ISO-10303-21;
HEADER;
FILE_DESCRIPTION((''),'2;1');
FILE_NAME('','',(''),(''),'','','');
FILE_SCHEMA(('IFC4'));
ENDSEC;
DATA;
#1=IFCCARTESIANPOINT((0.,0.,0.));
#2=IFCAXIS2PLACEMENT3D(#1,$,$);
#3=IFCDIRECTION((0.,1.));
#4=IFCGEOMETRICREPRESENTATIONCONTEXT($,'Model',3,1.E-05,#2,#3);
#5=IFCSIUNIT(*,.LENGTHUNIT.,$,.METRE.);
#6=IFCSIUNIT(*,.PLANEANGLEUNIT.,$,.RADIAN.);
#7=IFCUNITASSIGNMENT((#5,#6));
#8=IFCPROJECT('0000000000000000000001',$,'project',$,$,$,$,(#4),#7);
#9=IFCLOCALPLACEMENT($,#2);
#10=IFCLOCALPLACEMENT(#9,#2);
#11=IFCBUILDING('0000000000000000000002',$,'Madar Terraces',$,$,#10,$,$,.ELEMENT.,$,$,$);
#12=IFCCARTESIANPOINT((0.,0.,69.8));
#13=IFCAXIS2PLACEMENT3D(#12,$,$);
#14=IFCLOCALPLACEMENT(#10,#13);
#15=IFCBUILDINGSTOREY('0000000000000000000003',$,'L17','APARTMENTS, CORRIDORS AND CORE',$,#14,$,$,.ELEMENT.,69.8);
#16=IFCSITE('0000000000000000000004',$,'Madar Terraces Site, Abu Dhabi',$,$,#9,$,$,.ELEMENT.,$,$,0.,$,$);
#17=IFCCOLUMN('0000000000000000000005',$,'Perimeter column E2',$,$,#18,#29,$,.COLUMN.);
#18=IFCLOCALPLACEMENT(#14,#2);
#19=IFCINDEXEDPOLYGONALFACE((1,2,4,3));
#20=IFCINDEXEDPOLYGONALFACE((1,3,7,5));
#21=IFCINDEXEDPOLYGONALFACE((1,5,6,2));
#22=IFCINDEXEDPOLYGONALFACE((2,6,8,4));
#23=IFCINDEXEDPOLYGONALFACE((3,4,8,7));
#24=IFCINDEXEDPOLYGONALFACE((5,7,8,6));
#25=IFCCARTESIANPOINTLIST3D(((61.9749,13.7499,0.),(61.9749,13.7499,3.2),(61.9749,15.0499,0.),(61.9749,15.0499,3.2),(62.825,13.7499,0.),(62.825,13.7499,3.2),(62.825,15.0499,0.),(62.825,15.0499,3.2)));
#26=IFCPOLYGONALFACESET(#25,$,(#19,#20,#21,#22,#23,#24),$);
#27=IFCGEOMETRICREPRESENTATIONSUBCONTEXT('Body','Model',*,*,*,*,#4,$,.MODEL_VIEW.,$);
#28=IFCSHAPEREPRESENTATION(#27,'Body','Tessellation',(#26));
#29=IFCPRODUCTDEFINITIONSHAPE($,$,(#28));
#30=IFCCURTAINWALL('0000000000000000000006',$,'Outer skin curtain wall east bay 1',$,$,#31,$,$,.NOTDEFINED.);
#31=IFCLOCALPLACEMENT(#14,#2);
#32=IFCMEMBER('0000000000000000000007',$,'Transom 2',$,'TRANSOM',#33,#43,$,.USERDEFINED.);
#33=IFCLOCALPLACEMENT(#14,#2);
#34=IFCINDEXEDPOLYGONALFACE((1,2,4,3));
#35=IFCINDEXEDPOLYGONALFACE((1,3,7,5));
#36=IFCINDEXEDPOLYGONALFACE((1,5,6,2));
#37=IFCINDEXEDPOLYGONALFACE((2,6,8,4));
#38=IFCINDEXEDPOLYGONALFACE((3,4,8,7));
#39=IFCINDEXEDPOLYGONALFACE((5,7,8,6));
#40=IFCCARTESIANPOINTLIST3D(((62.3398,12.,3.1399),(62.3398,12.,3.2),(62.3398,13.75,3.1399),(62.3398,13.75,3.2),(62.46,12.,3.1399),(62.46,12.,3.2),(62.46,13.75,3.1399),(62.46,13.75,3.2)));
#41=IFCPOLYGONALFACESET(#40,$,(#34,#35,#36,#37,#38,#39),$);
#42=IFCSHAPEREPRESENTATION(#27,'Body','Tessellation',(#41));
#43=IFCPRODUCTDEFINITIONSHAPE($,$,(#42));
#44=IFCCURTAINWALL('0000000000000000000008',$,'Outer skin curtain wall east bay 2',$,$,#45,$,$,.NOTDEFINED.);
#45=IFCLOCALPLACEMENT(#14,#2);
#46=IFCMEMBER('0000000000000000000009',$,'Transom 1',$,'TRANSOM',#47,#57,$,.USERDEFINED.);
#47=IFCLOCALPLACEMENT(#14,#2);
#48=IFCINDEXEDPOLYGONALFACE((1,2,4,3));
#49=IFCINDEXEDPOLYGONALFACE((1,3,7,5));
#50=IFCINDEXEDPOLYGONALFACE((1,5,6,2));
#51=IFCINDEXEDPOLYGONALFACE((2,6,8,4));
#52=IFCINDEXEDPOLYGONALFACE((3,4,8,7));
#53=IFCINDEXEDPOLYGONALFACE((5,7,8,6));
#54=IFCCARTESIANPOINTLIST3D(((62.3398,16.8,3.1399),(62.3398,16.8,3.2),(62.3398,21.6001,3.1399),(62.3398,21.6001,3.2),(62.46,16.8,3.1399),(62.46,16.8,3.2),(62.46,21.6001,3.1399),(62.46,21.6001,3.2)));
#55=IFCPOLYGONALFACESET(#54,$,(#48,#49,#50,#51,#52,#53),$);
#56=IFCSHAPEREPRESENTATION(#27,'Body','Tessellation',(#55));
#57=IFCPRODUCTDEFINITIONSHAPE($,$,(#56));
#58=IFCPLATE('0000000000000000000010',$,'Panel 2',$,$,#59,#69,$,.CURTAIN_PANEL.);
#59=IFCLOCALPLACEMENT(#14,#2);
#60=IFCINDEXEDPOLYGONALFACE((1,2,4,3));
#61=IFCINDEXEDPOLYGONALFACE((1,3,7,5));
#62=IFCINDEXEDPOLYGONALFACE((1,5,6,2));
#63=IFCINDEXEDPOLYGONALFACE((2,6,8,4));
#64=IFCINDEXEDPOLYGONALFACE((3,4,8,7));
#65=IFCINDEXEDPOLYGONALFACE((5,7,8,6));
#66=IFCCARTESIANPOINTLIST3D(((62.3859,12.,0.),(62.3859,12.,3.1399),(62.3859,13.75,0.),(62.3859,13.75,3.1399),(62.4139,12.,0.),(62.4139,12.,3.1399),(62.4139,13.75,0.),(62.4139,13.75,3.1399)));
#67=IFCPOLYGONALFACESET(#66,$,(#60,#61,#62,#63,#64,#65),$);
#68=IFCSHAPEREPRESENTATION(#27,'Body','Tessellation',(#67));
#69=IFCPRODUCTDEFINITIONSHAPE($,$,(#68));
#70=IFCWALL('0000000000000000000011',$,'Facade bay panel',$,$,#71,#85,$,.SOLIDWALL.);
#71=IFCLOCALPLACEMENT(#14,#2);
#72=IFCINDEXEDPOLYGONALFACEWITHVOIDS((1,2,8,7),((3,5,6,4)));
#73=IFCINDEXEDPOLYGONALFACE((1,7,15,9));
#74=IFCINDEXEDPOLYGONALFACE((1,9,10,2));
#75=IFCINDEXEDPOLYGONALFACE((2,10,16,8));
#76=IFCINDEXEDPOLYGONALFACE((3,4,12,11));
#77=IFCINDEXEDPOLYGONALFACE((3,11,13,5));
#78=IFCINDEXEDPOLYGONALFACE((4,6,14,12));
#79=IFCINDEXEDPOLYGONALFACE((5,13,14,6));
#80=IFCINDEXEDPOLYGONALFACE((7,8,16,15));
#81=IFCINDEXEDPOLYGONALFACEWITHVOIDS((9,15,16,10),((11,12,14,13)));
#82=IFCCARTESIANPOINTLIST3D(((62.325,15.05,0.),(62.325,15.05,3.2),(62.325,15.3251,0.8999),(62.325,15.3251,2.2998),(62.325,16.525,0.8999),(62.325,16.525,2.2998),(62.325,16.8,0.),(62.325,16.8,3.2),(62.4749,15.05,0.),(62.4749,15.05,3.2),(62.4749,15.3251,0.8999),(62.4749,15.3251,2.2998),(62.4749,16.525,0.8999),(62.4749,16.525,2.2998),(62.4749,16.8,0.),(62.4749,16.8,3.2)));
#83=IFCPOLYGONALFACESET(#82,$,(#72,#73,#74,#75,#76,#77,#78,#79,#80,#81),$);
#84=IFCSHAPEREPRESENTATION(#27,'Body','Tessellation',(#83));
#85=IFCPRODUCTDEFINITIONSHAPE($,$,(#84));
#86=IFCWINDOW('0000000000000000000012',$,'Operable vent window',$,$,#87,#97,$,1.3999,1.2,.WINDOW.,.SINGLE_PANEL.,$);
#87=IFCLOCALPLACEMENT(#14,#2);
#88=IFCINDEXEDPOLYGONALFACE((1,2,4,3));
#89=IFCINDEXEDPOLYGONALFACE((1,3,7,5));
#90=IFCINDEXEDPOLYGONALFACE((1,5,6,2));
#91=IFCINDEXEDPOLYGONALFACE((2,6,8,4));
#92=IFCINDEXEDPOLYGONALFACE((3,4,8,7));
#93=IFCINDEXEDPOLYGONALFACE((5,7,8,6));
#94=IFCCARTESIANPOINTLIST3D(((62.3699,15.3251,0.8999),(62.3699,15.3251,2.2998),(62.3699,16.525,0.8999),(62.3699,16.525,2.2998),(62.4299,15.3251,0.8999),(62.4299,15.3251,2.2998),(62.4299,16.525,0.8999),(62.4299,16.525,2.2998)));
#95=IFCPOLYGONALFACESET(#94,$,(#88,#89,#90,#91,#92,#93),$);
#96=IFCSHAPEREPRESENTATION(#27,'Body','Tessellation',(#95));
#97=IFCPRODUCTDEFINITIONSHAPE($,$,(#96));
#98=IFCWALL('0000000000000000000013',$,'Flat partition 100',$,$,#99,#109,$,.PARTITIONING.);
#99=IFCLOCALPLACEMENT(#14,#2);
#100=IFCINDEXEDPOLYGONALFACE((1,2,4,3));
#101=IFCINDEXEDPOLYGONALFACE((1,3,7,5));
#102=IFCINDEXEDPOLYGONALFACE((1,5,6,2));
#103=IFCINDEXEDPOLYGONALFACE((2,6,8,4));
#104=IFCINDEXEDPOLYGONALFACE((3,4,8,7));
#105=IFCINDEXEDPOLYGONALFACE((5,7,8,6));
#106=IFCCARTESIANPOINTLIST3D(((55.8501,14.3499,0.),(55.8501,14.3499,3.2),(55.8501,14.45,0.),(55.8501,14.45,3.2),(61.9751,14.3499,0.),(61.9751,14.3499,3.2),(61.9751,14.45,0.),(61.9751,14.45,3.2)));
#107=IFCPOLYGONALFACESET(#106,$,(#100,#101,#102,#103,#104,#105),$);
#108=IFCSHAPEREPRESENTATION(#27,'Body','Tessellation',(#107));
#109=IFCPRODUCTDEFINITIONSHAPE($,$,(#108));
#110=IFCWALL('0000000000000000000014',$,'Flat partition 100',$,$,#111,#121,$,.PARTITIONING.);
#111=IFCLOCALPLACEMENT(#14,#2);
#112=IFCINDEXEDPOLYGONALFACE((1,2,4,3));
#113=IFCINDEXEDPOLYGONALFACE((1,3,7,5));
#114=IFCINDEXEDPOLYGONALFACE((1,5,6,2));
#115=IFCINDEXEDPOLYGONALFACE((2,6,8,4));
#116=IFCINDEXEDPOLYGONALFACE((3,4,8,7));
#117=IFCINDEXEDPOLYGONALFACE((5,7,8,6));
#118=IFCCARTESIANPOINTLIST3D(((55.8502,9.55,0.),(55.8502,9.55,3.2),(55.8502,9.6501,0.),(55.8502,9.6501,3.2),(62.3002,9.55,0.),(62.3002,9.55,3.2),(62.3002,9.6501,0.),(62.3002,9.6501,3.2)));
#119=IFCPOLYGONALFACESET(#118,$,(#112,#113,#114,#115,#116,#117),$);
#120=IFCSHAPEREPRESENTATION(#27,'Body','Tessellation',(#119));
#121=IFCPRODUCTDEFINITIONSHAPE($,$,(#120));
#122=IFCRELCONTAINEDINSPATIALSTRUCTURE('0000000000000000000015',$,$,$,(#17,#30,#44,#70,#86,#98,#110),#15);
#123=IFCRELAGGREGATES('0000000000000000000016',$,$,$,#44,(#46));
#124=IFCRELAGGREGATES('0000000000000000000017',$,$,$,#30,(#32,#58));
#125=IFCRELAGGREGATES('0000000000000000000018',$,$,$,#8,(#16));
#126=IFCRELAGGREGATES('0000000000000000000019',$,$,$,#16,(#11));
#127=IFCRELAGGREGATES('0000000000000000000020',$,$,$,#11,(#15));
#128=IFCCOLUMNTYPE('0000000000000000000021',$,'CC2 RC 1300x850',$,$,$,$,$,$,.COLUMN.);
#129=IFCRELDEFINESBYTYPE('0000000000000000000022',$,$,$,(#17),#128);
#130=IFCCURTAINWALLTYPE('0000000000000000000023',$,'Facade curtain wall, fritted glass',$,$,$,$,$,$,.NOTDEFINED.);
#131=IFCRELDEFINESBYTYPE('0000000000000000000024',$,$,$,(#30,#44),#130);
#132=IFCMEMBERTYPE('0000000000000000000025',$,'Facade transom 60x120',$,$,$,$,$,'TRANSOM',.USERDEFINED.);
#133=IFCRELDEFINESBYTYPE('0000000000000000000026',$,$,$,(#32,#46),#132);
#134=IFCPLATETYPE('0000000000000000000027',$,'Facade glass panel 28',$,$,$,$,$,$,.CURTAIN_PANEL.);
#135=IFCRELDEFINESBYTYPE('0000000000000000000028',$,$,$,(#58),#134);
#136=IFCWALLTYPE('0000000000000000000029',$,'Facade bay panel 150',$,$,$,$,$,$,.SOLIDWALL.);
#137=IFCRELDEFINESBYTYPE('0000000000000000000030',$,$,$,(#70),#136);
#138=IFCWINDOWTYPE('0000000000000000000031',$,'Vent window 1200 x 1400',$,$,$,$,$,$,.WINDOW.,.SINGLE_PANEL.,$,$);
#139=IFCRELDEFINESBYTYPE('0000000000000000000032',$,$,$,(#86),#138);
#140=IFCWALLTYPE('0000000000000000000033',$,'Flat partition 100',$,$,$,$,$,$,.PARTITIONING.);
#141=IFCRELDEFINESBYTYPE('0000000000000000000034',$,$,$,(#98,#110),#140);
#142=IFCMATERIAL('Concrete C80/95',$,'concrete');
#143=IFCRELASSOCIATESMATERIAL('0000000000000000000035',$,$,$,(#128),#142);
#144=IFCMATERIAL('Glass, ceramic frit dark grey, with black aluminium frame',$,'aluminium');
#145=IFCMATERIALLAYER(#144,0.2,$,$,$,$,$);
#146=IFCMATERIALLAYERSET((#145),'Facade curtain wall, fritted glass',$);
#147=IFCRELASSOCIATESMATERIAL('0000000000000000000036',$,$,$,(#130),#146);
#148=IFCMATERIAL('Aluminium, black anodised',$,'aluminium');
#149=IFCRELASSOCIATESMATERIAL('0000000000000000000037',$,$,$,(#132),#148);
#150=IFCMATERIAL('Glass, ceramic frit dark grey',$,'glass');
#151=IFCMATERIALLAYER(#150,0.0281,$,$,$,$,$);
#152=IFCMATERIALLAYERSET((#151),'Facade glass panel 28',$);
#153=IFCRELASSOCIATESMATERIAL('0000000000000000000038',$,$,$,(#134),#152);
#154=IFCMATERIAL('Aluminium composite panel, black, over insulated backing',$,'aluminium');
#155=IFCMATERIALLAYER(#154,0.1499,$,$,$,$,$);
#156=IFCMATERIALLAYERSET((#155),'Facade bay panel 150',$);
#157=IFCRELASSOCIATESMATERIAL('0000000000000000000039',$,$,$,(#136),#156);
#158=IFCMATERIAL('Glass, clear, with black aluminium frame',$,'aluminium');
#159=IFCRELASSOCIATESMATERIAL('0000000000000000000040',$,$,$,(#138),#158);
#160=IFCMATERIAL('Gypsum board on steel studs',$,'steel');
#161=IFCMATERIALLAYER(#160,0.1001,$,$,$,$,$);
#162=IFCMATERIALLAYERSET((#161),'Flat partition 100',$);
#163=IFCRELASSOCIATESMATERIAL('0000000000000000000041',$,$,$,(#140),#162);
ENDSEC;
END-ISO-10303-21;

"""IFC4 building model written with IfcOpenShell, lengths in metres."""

from ifc_helpers import new_model, si_unit, direction, frame, frame_2d, origin, origin_2d, place, context, subcontext, project, spatial, rectangle, extrude, material, layer, layer_set, material_profile, profile_set, type_object, element, fill, aggregate, save


model = new_model("IFC4")

# Units and contexts
model_context = context("Model", 3, precision=1e-05, world=origin(), true_north=direction((0.0, 1.0)))
body_context = subcontext(model_context, "Body", "Model", "MODEL_VIEW")
ifc_project = project(units=[si_unit("LENGTHUNIT", "METRE"), si_unit("PLANEANGLEUNIT", "RADIAN")], contexts=[model_context])

# Site, building, storey
site_placement = place(None, origin())
site = spatial("IfcSite", under=ifc_project, at=site_placement, Name="Madar Terraces Site, Abu Dhabi", CompositionType="ELEMENT", RefElevation=0.0)
building_placement = place(site_placement, origin())
building = spatial("IfcBuilding", under=site, at=building_placement, Name="Madar Terraces", CompositionType="ELEMENT")
storey_placement = place(building_placement, frame((0.0, 0.0, 69.8)))
storey = spatial("IfcBuildingStorey", under=building, at=storey_placement, Name="L17", Description="APARTMENTS, CORRIDORS AND CORE", CompositionType="ELEMENT", Elevation=69.8)

# Column
ifc_material_1 = material(Name="Concrete C80/95", Category="concrete")
ifc_material_profile_1 = material_profile(ifc_material_1, rectangle(XDim=1.3, YDim=0.8501, at=origin_2d()), Name="CC2 RC 1300x850")
ifc_profile_set_1 = profile_set([ifc_material_profile_1], Name="Concrete C80/95")
column_type = type_object("IfcColumnType", Name="CC2 RC 1300x850", PredefinedType="COLUMN", material=ifc_profile_set_1)
column_placement = place(storey_placement, frame((62.3999, 14.3999, 0.0), z_axis=(0.0, 0.0, 1.0), x_axis=(0.0, 1.0, 0.0)))
element("IfcColumn", 1, at=column_placement, inside=storey, type_object=column_type, Name="Perimeter column E2", PredefinedType="COLUMN", context=body_context, shape_type="SweptSolid", body=[
    extrude(rectangle(XDim=1.3, YDim=0.8501, at=origin_2d()), origin(), (0.0, 0.0, 1.0), 3.2),
])

# Curtain walls, members
ifc_material_2 = material(Name="Glass, ceramic frit dark grey, with black aluminium frame", Category="aluminium")
ifc_layer_1 = layer(ifc_material_2, 0.2)
ifc_layer_set_1 = layer_set([ifc_layer_1], Name="Facade curtain wall, fritted glass")
curtain_wall_type = type_object("IfcCurtainWallType", Name="Facade curtain wall, fritted glass", PredefinedType="NOTDEFINED", material=ifc_layer_set_1)
curtain_wall_1_placement = place(storey_placement, origin())
curtain_wall_1 = element("IfcCurtainWall", 2, at=curtain_wall_1_placement, inside=storey, type_object=curtain_wall_type, Name="Outer skin curtain wall east bay 1", PredefinedType="NOTDEFINED")
ifc_material_3 = material(Name="Aluminium, black anodised", Category="aluminium")
ifc_material_profile_2 = material_profile(ifc_material_3, rectangle(XDim=0.1201, YDim=0.0601, at=origin_2d()), Name="Facade transom 60x120")
ifc_profile_set_2 = profile_set([ifc_material_profile_2], Name="Aluminium, black anodised")
member_type = type_object("IfcMemberType", Name="Facade transom 60x120", ElementType="TRANSOM", PredefinedType="USERDEFINED", material=ifc_profile_set_2)
member_1_placement = place(storey_placement, frame((62.3999, 12.0, 3.1699), z_axis=(0.0, 1.0, 0.0), x_axis=(-1.0, 0.0, 0.0)))
member_1 = element("IfcMember", 3, at=member_1_placement, type_object=member_type, Name="Transom 2", ObjectType="TRANSOM", PredefinedType="USERDEFINED", context=body_context, shape_type="SweptSolid", body=[
    extrude(rectangle(XDim=0.1201, YDim=0.0601, at=origin_2d()), origin(), (0.0, 0.0, 1.0), 1.75),
])
curtain_wall_2_placement = place(storey_placement, origin())
curtain_wall_2 = element("IfcCurtainWall", 4, at=curtain_wall_2_placement, inside=storey, type_object=curtain_wall_type, Name="Outer skin curtain wall east bay 2", PredefinedType="NOTDEFINED")
member_2_placement = place(storey_placement, frame((62.3999, 16.8, 3.1699), z_axis=(0.0, 1.0, 0.0), x_axis=(-1.0, 0.0, 0.0)))
member_2 = element("IfcMember", 5, at=member_2_placement, type_object=member_type, Name="Transom 1", ObjectType="TRANSOM", PredefinedType="USERDEFINED", context=body_context, shape_type="SweptSolid", body=[
    extrude(rectangle(XDim=0.1201, YDim=0.0601, at=origin_2d()), origin(), (0.0, 0.0, 1.0), 4.8),
])
aggregate(curtain_wall_2, [member_2])

# Plate
ifc_material_4 = material(Name="Glass, ceramic frit dark grey", Category="glass")
ifc_layer_2 = layer(ifc_material_4, 0.0281)
ifc_layer_set_2 = layer_set([ifc_layer_2], Name="Facade glass panel 28")
plate_type = type_object("IfcPlateType", Name="Facade glass panel 28", PredefinedType="CURTAIN_PANEL", material=ifc_layer_set_2)
plate_placement = place(storey_placement, frame((62.3999, 12.875, 0.0), z_axis=(0.0, 0.0, 1.0), x_axis=(0.0, 1.0, 0.0)))
plate = element("IfcPlate", 6, at=plate_placement, type_object=plate_type, Name="Panel 2", PredefinedType="CURTAIN_PANEL", context=body_context, shape_type="SweptSolid", body=[
    extrude(rectangle(XDim=1.75, YDim=0.0281, at=origin_2d()), origin(), (0.0, 0.0, 1.0), 3.1399),
])
aggregate(curtain_wall_1, [member_1, plate])

# Shared definitions
ifc_material_5 = material(Name="Aluminium composite panel, black, over insulated backing", Category="aluminium")
ifc_layer_3 = layer(ifc_material_5, 0.1499)
ifc_layer_set_3 = layer_set([ifc_layer_3], Name="Facade bay panel 150")
wall_type_1 = type_object("IfcWallType", Name="Facade bay panel 150", PredefinedType="SOLIDWALL", material=ifc_layer_set_3)

# Wall, opening, window
wall_1_placement = place(storey_placement, frame((62.3999, 15.05, 0.0), z_axis=(0.0, 0.0, 1.0), x_axis=(0.0, 1.0, 0.0)))
wall_1 = element("IfcWall", 7, at=wall_1_placement, inside=storey, type_object=wall_type_1, Name="Facade bay panel", PredefinedType="SOLIDWALL", context=body_context, shape_type="SweptSolid", body=[
    extrude(rectangle(XDim=1.75, YDim=0.1499, at=frame_2d((0.875, 0.0))), origin(), (0.0, 0.0, 1.0), 3.2),
])
opening_1_placement = place(wall_1_placement, frame((0.2749, 0.0, 0.8999)))
opening_1 = element("IfcOpeningElement", 8, at=opening_1_placement, cuts=wall_1, PredefinedType="OPENING", context=body_context, shape_type="SweptSolid", body=[
    extrude(rectangle(XDim=1.2, YDim=1.3999, at=frame_2d((0.6001, 0.7))), frame((0.0, 0.085, 0.0), z_axis=(0.0, -1.0, 0.0), x_axis=(1.0, 0.0, 0.0)), (0.0, 0.0, 1.0), 0.1699),
])
ifc_material_6 = material(Name="Glass, clear, with black aluminium frame", Category="aluminium")
window_type = type_object("IfcWindowType", Name="Vent window 1200 x 1400", PartitioningType="SINGLE_PANEL", PredefinedType="WINDOW", material=ifc_material_6)
window_placement = place(opening_1_placement, origin())
window = element("IfcWindow", 9, at=window_placement, inside=storey, type_object=window_type, Name="Operable vent window", OverallHeight=1.3999, OverallWidth=1.2, PartitioningType="SINGLE_PANEL", PredefinedType="WINDOW", context=body_context, shape_type="SweptSolid", body=[
    extrude(rectangle(XDim=1.2, YDim=1.3999, at=frame_2d((0.6001, 0.7))), frame((0.0, 0.03, 0.0), z_axis=(0.0, -1.0, 0.0), x_axis=(1.0, 0.0, 0.0)), (0.0, 0.0, 1.0), 0.0601),
])
fill(opening_1, window)

# Walls
ifc_material_7 = material(Name="Gypsum board on steel studs", Category="steel")
ifc_layer_4 = layer(ifc_material_7, 0.1001)
ifc_layer_set_4 = layer_set([ifc_layer_4], Name="Flat partition 100")
wall_type_2 = type_object("IfcWallType", Name="Flat partition 100", PredefinedType="PARTITIONING", material=ifc_layer_set_4)
wall_2_placement = place(storey_placement, frame((55.8501, 14.3999, 0.0), z_axis=(0.0, 0.0, 1.0), x_axis=(1.0, 0.0, 0.0)))
element("IfcWall", 10, at=wall_2_placement, inside=storey, type_object=wall_type_2, Name="Flat partition 100", PredefinedType="PARTITIONING", context=body_context, shape_type="SweptSolid", body=[
    extrude(rectangle(XDim=6.125, YDim=0.1001, at=frame_2d((3.0625, 0.0))), origin(), (0.0, 0.0, 1.0), 3.2),
])
wall_3_placement = place(storey_placement, frame((55.8501, 9.6001, 0.0), z_axis=(0.0, 0.0, 1.0), x_axis=(1.0, 0.0, 0.0)))
element("IfcWall", 11, at=wall_3_placement, inside=storey, type_object=wall_type_2, Name="Flat partition 100", PredefinedType="PARTITIONING", context=body_context, shape_type="SweptSolid", body=[
    extrude(rectangle(XDim=6.45, YDim=0.1001, at=frame_2d((3.2251, 0.0))), origin(), (0.0, 0.0, 1.0), 3.2),
])

save(model, "model.ifc")
